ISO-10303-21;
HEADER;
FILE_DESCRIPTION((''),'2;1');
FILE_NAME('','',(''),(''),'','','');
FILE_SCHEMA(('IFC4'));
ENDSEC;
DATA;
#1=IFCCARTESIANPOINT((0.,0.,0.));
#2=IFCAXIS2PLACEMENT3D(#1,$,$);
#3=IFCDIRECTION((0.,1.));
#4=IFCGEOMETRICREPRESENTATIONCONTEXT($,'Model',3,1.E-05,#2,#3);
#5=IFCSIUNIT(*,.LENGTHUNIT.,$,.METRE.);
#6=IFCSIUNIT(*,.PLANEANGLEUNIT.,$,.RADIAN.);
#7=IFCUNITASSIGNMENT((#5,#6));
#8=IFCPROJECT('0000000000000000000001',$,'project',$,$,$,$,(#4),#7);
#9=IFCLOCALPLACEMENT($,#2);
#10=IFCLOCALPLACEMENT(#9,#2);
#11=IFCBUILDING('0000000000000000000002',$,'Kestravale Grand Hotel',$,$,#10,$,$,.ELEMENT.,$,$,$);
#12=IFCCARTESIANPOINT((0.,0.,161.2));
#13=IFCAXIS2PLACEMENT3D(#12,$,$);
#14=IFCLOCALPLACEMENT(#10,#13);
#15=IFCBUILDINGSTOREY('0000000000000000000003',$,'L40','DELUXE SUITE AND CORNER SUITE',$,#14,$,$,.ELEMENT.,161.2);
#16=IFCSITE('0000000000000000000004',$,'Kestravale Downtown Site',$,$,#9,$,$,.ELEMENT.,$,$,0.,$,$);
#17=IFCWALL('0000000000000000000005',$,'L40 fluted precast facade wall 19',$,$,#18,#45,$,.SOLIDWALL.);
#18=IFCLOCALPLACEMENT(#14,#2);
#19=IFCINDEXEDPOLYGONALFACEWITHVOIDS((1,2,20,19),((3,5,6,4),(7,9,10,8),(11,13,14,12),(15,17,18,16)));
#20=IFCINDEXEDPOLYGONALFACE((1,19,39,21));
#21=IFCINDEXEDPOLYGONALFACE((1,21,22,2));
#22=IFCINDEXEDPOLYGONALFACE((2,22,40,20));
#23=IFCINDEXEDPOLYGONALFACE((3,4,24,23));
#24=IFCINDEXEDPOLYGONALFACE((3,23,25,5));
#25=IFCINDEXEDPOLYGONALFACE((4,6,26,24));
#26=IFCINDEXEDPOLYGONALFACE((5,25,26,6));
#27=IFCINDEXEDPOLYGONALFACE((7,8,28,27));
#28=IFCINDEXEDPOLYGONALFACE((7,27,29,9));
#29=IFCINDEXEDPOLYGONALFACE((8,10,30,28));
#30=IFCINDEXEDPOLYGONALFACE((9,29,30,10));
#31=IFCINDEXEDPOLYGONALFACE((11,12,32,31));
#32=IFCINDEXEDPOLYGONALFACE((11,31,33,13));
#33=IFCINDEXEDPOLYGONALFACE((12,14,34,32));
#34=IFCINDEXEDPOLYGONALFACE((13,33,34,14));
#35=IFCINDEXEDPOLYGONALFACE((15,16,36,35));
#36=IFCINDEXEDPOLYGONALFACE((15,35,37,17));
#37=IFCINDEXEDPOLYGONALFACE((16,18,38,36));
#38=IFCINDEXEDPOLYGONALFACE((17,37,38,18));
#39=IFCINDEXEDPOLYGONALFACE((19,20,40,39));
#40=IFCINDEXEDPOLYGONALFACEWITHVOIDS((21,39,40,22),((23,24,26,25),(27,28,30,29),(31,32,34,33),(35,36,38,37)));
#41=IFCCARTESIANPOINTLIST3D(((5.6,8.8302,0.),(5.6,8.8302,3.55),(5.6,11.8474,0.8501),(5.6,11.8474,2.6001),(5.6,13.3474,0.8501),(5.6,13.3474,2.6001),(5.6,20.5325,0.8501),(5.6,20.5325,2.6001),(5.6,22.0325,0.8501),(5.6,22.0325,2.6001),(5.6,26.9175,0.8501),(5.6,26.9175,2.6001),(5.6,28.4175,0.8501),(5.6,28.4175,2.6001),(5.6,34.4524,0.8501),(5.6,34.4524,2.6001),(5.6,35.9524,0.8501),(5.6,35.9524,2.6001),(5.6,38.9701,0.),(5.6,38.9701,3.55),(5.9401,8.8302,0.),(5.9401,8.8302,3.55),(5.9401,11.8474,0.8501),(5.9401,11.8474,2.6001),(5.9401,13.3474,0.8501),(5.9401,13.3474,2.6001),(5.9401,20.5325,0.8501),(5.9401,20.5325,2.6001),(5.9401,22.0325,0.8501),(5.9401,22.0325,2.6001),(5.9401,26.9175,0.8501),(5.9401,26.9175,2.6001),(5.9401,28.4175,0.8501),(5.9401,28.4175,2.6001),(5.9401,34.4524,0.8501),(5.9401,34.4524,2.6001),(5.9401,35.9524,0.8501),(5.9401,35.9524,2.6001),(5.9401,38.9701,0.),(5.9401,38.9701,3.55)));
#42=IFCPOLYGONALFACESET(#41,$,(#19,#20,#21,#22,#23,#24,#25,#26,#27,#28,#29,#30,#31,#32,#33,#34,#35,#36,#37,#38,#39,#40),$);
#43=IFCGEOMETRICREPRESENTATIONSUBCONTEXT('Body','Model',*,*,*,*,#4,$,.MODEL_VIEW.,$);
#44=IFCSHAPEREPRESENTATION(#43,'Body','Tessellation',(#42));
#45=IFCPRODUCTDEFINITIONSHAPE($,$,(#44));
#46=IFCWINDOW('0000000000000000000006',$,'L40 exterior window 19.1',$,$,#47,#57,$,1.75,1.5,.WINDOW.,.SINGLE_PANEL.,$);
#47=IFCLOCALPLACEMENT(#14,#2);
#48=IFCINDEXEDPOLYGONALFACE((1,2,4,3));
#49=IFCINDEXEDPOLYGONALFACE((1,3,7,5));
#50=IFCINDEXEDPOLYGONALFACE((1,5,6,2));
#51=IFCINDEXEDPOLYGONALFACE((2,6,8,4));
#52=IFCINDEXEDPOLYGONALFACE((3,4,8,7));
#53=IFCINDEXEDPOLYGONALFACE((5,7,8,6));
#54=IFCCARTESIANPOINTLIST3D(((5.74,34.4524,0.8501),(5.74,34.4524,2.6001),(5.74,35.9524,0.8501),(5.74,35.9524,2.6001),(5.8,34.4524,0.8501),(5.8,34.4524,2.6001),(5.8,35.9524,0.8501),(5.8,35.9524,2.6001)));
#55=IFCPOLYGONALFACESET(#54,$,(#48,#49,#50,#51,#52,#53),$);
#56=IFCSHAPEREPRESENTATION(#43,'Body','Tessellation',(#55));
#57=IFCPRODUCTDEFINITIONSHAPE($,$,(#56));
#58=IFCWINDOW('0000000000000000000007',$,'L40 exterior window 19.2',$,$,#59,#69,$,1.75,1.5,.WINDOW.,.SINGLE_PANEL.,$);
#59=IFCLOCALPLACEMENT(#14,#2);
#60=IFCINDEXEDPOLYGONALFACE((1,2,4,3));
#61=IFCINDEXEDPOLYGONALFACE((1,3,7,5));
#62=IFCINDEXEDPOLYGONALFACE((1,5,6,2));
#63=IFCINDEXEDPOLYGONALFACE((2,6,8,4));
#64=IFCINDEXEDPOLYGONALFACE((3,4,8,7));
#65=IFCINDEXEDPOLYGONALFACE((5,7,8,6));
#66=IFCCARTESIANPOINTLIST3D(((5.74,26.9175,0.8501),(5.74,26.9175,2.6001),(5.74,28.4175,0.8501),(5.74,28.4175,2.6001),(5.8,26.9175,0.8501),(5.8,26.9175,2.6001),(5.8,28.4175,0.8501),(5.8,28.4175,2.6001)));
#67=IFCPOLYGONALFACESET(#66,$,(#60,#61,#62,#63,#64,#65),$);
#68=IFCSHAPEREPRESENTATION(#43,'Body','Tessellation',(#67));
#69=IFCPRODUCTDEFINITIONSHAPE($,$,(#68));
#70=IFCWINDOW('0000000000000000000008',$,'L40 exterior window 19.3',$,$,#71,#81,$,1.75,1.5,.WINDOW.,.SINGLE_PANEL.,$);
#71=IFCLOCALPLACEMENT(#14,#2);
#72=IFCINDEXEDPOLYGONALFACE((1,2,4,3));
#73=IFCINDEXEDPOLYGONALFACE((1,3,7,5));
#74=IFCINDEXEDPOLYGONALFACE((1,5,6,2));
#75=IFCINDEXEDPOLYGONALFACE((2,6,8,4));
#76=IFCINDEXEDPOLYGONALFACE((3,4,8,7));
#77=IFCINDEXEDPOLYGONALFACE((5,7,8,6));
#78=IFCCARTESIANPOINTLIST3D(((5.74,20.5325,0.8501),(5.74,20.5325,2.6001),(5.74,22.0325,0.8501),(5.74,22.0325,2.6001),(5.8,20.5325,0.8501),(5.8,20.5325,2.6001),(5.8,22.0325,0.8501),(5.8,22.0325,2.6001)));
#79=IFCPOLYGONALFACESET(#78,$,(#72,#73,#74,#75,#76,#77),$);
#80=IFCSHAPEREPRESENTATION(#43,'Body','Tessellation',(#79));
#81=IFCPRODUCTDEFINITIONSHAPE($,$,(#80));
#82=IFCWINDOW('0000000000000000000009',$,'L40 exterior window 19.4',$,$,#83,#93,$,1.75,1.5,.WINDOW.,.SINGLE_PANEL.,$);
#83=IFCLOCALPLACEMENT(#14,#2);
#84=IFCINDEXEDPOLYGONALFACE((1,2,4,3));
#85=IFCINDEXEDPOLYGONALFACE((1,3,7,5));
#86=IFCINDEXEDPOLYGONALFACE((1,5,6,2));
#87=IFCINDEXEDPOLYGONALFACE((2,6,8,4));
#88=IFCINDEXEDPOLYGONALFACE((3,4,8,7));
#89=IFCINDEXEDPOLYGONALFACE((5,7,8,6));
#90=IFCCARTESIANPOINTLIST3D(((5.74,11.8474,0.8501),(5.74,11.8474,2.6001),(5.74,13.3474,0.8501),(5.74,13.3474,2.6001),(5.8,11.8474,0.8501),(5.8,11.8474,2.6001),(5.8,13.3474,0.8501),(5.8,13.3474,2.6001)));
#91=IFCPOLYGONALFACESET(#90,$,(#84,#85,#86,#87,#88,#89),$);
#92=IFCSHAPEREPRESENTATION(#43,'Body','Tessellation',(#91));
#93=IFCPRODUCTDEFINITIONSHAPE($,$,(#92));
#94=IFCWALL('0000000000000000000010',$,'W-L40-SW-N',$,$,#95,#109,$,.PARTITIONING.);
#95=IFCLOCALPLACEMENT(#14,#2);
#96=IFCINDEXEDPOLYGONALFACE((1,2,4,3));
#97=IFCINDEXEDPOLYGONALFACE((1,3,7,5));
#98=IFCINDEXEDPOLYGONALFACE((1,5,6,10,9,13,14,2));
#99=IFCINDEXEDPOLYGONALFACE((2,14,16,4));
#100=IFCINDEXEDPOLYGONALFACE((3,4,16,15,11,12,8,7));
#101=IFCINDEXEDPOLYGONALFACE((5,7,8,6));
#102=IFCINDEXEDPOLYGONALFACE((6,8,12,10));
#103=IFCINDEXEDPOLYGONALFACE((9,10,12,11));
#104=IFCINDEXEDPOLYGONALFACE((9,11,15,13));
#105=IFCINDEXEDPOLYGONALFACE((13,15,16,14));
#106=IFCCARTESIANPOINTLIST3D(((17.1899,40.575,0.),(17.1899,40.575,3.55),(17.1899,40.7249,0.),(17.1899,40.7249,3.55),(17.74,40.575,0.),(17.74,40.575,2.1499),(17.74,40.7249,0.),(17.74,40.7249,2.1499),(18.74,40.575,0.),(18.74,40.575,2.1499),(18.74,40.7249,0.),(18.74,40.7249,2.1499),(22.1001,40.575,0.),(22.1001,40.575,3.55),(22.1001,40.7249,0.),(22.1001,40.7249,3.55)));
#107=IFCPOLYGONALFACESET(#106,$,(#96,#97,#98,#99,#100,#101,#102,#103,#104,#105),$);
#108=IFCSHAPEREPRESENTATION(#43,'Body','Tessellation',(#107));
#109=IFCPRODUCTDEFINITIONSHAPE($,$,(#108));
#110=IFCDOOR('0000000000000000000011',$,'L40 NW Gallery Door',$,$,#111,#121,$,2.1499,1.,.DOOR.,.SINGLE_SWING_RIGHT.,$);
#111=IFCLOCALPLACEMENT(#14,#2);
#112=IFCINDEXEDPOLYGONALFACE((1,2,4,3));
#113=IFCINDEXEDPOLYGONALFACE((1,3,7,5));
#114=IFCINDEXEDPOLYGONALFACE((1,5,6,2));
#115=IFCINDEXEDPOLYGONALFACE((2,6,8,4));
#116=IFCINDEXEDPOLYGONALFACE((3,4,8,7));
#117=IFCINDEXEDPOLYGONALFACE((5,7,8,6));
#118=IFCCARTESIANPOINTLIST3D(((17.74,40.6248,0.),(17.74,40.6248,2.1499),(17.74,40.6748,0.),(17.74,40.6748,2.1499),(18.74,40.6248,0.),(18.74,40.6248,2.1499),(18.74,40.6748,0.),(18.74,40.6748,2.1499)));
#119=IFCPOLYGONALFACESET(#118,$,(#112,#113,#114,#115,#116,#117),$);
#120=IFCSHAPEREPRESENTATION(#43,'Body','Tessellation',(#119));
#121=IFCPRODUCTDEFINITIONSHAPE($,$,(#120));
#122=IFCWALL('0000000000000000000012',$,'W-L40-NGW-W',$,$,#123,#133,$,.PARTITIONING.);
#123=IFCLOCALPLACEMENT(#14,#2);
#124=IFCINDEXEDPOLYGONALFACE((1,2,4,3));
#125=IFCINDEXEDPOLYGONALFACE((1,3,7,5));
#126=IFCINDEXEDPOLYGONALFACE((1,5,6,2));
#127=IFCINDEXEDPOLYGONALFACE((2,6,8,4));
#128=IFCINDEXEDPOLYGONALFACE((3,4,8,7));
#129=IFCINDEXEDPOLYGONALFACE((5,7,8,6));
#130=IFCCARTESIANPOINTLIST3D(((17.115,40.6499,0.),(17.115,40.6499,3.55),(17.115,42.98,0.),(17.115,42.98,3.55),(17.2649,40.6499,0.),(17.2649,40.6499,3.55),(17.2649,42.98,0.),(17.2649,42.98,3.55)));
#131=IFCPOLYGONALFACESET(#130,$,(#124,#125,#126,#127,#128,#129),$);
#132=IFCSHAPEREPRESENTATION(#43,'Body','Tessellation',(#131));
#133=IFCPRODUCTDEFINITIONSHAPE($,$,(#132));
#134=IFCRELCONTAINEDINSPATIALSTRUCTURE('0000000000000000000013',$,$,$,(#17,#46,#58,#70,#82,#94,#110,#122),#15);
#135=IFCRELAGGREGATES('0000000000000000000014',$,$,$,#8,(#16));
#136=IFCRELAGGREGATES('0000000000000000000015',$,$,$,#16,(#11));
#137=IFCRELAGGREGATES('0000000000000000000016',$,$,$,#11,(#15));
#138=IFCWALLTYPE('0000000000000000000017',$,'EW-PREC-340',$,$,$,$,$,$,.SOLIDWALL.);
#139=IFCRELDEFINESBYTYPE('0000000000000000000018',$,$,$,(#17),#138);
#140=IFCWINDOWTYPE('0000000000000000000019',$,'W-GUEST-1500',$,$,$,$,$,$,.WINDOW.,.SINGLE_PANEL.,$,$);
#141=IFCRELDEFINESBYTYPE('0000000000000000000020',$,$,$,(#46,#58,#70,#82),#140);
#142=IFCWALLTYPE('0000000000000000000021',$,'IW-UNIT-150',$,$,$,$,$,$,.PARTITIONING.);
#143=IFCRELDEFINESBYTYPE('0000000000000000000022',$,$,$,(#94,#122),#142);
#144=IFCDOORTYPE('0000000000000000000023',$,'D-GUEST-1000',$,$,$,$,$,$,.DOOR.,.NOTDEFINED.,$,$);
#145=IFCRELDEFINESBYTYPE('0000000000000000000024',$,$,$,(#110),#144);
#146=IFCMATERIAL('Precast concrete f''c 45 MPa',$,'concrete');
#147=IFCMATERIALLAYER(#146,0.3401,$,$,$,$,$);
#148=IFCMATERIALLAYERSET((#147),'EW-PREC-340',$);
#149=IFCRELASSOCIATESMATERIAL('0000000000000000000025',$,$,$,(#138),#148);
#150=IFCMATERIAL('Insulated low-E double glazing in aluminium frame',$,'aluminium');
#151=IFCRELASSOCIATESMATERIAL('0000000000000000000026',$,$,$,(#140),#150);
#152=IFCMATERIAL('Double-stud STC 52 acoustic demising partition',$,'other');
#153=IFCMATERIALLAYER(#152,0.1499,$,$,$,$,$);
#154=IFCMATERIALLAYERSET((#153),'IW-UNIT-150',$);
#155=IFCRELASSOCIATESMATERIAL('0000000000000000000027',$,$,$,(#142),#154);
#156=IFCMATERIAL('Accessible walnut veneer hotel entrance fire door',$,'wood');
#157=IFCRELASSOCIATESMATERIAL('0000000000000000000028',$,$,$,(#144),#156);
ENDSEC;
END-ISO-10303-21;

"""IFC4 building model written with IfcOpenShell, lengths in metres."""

from ifc_helpers import new_model, si_unit, direction, frame, frame_2d, origin, place, context, subcontext, project, spatial, rectangle, extrude, material, layer, layer_set, type_object, element, fill, save


model = new_model("IFC4")

# Units and contexts
model_context = context("Model", 3, precision=1e-05, world=origin(), true_north=direction((0.0, 1.0)))
body_context = subcontext(model_context, "Body", "Model", "MODEL_VIEW")
ifc_project = project(units=[si_unit("LENGTHUNIT", "METRE"), si_unit("PLANEANGLEUNIT", "RADIAN")], contexts=[model_context])

# Site, building, storey
site_placement = place(None, origin())
site = spatial("IfcSite", under=ifc_project, at=site_placement, Name="Kestravale Downtown Site", CompositionType="ELEMENT", RefElevation=0.0)
building_placement = place(site_placement, origin())
building = spatial("IfcBuilding", under=site, at=building_placement, Name="Kestravale Grand Hotel", CompositionType="ELEMENT")
storey_placement = place(building_placement, frame((0.0, 0.0, 161.2)))
storey = spatial("IfcBuildingStorey", under=building, at=storey_placement, Name="L40", Description="DELUXE SUITE AND CORNER SUITE", CompositionType="ELEMENT", Elevation=161.2)

# Wall, openings, windows
ifc_material_1 = material(Name="Precast concrete f'c 45 MPa", Category="concrete")
ifc_layer_1 = layer(ifc_material_1, 0.3401)
ifc_layer_set_1 = layer_set([ifc_layer_1], Name="EW-PREC-340")
wall_type_1 = type_object("IfcWallType", Name="EW-PREC-340", PredefinedType="SOLIDWALL", material=ifc_layer_set_1)
wall_1_placement = place(storey_placement, frame((5.77, 38.97, 0.0), z_axis=(0.0, 0.0, 1.0), x_axis=(0.0, -1.0, 0.0)))
wall_1 = element("IfcWall", 1, at=wall_1_placement, inside=storey, type_object=wall_type_1, Name="L40 fluted precast facade wall 19", PredefinedType="SOLIDWALL", context=body_context, shape_type="SweptSolid", body=[
    extrude(rectangle(XDim=30.1399, YDim=0.3401, at=frame_2d((15.0698, 0.0))), origin(), (0.0, 0.0, 1.0), 3.55),
])
opening_1_placement = place(wall_1_placement, frame((3.0176, 0.0, 0.8501)))
opening_1 = element("IfcOpeningElement", 2, at=opening_1_placement, cuts=wall_1, PredefinedType="OPENING", context=body_context, shape_type="SweptSolid", body=[
    extrude(rectangle(XDim=1.5, YDim=1.75, at=frame_2d((0.75, 0.875))), frame((0.0, 0.1799, 0.0), z_axis=(0.0, -1.0, 0.0), x_axis=(1.0, 0.0, 0.0)), (0.0, 0.0, 1.0), 0.3601),
])
opening_2_placement = place(wall_1_placement, frame((10.5525, 0.0, 0.8501)))
opening_2 = element("IfcOpeningElement", 3, at=opening_2_placement, cuts=wall_1, PredefinedType="OPENING", context=body_context, shape_type="SweptSolid", body=[
    extrude(rectangle(XDim=1.5, YDim=1.75, at=frame_2d((0.75, 0.875))), frame((0.0, 0.1799, 0.0), z_axis=(0.0, -1.0, 0.0), x_axis=(1.0, 0.0, 0.0)), (0.0, 0.0, 1.0), 0.3601),
])
opening_3_placement = place(wall_1_placement, frame((16.9375, 0.0, 0.8501)))
opening_3 = element("IfcOpeningElement", 4, at=opening_3_placement, cuts=wall_1, PredefinedType="OPENING", context=body_context, shape_type="SweptSolid", body=[
    extrude(rectangle(XDim=1.5, YDim=1.75, at=frame_2d((0.75, 0.875))), frame((0.0, 0.1799, 0.0), z_axis=(0.0, -1.0, 0.0), x_axis=(1.0, 0.0, 0.0)), (0.0, 0.0, 1.0), 0.3601),
])
opening_4_placement = place(wall_1_placement, frame((25.6226, 0.0, 0.8501)))
opening_4 = element("IfcOpeningElement", 5, at=opening_4_placement, cuts=wall_1, PredefinedType="OPENING", context=body_context, shape_type="SweptSolid", body=[
    extrude(rectangle(XDim=1.5, YDim=1.75, at=frame_2d((0.75, 0.875))), frame((0.0, 0.1799, 0.0), z_axis=(0.0, -1.0, 0.0), x_axis=(1.0, 0.0, 0.0)), (0.0, 0.0, 1.0), 0.3601),
])
ifc_material_2 = material(Name="Insulated low-E double glazing in aluminium frame", Category="aluminium")
window_type = type_object("IfcWindowType", Name="W-GUEST-1500", PartitioningType="SINGLE_PANEL", PredefinedType="WINDOW", material=ifc_material_2)
window_1_placement = place(opening_1_placement, origin())
window_1 = element("IfcWindow", 6, at=window_1_placement, inside=storey, type_object=window_type, Name="L40 exterior window 19.1", OverallHeight=1.75, OverallWidth=1.5, PartitioningType="SINGLE_PANEL", PredefinedType="WINDOW", context=body_context, shape_type="SweptSolid", body=[
    extrude(rectangle(XDim=1.5, YDim=1.75, at=frame_2d((0.75, 0.875))), frame((0.0, 0.03, 0.0), z_axis=(0.0, -1.0, 0.0), x_axis=(1.0, 0.0, 0.0)), (0.0, 0.0, 1.0), 0.0601),
])
fill(opening_1, window_1)
window_2_placement = place(opening_2_placement, origin())
window_2 = element("IfcWindow", 7, at=window_2_placement, inside=storey, type_object=window_type, Name="L40 exterior window 19.2", OverallHeight=1.75, OverallWidth=1.5, PartitioningType="SINGLE_PANEL", PredefinedType="WINDOW", context=body_context, shape_type="SweptSolid", body=[
    extrude(rectangle(XDim=1.5, YDim=1.75, at=frame_2d((0.75, 0.875))), frame((0.0, 0.03, 0.0), z_axis=(0.0, -1.0, 0.0), x_axis=(1.0, 0.0, 0.0)), (0.0, 0.0, 1.0), 0.0601),
])
fill(opening_2, window_2)
window_3_placement = place(opening_3_placement, origin())
window_3 = element("IfcWindow", 8, at=window_3_placement, inside=storey, type_object=window_type, Name="L40 exterior window 19.3", OverallHeight=1.75, OverallWidth=1.5, PartitioningType="SINGLE_PANEL", PredefinedType="WINDOW", context=body_context, shape_type="SweptSolid", body=[
    extrude(rectangle(XDim=1.5, YDim=1.75, at=frame_2d((0.75, 0.875))), frame((0.0, 0.03, 0.0), z_axis=(0.0, -1.0, 0.0), x_axis=(1.0, 0.0, 0.0)), (0.0, 0.0, 1.0), 0.0601),
])
fill(opening_3, window_3)
window_4_placement = place(opening_4_placement, origin())
window_4 = element("IfcWindow", 9, at=window_4_placement, inside=storey, type_object=window_type, Name="L40 exterior window 19.4", OverallHeight=1.75, OverallWidth=1.5, PartitioningType="SINGLE_PANEL", PredefinedType="WINDOW", context=body_context, shape_type="SweptSolid", body=[
    extrude(rectangle(XDim=1.5, YDim=1.75, at=frame_2d((0.75, 0.875))), frame((0.0, 0.03, 0.0), z_axis=(0.0, -1.0, 0.0), x_axis=(1.0, 0.0, 0.0)), (0.0, 0.0, 1.0), 0.0601),
])
fill(opening_4, window_4)

# Wall, opening, door
ifc_material_3 = material(Name="Double-stud STC 52 acoustic demising partition", Category="other")
ifc_layer_2 = layer(ifc_material_3, 0.1499)
ifc_layer_set_2 = layer_set([ifc_layer_2], Name="IW-UNIT-150")
wall_type_2 = type_object("IfcWallType", Name="IW-UNIT-150", PredefinedType="PARTITIONING", material=ifc_layer_set_2)
wall_2_placement = place(storey_placement, frame((17.1899, 40.6499, 0.0), z_axis=(0.0, 0.0, 1.0), x_axis=(1.0, 0.0, 0.0)))
wall_2 = element("IfcWall", 10, at=wall_2_placement, inside=storey, type_object=wall_type_2, Name="W-L40-SW-N", PredefinedType="PARTITIONING", context=body_context, shape_type="SweptSolid", body=[
    extrude(rectangle(XDim=4.9102, YDim=0.1499, at=frame_2d((2.4551, 0.0))), origin(), (0.0, 0.0, 1.0), 3.55),
])
opening_5_placement = place(wall_2_placement, frame((0.55, 0.0, 0.0)))
opening_5 = element("IfcOpeningElement", 11, at=opening_5_placement, cuts=wall_2, PredefinedType="OPENING", context=body_context, shape_type="SweptSolid", body=[
    extrude(rectangle(XDim=1.0, YDim=2.1499, at=frame_2d((0.5, 1.075))), frame((0.0, 0.085, 0.0), z_axis=(0.0, -1.0, 0.0), x_axis=(1.0, 0.0, 0.0)), (0.0, 0.0, 1.0), 0.1699),
])
ifc_material_4 = material(Name="Accessible walnut veneer hotel entrance fire door", Category="wood")
door_type = type_object("IfcDoorType", Name="D-GUEST-1000", OperationType="NOTDEFINED", PredefinedType="DOOR", material=ifc_material_4)
door_placement = place(opening_5_placement, origin())
door = element("IfcDoor", 12, at=door_placement, inside=storey, type_object=door_type, Name="L40 NW Gallery Door", OperationType="SINGLE_SWING_RIGHT", OverallHeight=2.1499, OverallWidth=1.0, PredefinedType="DOOR", context=body_context, shape_type="SweptSolid", body=[
    extrude(rectangle(XDim=1.0, YDim=2.1499, at=frame_2d((0.5, 1.075))), frame((0.0, 0.0249, 0.0), z_axis=(0.0, -1.0, 0.0), x_axis=(1.0, 0.0, 0.0)), (0.0, 0.0, 1.0), 0.05),
])
fill(opening_5, door)

# Wall
wall_3_placement = place(storey_placement, frame((17.1899, 40.6499, 0.0), z_axis=(0.0, 0.0, 1.0), x_axis=(0.0, 1.0, 0.0)))
element("IfcWall", 13, at=wall_3_placement, inside=storey, type_object=wall_type_2, Name="W-L40-NGW-W", PredefinedType="PARTITIONING", context=body_context, shape_type="SweptSolid", body=[
    extrude(rectangle(XDim=2.3301, YDim=0.1499, at=frame_2d((1.165, 0.0))), origin(), (0.0, 0.0, 1.0), 3.55),
])

save(model, "model.ifc")
